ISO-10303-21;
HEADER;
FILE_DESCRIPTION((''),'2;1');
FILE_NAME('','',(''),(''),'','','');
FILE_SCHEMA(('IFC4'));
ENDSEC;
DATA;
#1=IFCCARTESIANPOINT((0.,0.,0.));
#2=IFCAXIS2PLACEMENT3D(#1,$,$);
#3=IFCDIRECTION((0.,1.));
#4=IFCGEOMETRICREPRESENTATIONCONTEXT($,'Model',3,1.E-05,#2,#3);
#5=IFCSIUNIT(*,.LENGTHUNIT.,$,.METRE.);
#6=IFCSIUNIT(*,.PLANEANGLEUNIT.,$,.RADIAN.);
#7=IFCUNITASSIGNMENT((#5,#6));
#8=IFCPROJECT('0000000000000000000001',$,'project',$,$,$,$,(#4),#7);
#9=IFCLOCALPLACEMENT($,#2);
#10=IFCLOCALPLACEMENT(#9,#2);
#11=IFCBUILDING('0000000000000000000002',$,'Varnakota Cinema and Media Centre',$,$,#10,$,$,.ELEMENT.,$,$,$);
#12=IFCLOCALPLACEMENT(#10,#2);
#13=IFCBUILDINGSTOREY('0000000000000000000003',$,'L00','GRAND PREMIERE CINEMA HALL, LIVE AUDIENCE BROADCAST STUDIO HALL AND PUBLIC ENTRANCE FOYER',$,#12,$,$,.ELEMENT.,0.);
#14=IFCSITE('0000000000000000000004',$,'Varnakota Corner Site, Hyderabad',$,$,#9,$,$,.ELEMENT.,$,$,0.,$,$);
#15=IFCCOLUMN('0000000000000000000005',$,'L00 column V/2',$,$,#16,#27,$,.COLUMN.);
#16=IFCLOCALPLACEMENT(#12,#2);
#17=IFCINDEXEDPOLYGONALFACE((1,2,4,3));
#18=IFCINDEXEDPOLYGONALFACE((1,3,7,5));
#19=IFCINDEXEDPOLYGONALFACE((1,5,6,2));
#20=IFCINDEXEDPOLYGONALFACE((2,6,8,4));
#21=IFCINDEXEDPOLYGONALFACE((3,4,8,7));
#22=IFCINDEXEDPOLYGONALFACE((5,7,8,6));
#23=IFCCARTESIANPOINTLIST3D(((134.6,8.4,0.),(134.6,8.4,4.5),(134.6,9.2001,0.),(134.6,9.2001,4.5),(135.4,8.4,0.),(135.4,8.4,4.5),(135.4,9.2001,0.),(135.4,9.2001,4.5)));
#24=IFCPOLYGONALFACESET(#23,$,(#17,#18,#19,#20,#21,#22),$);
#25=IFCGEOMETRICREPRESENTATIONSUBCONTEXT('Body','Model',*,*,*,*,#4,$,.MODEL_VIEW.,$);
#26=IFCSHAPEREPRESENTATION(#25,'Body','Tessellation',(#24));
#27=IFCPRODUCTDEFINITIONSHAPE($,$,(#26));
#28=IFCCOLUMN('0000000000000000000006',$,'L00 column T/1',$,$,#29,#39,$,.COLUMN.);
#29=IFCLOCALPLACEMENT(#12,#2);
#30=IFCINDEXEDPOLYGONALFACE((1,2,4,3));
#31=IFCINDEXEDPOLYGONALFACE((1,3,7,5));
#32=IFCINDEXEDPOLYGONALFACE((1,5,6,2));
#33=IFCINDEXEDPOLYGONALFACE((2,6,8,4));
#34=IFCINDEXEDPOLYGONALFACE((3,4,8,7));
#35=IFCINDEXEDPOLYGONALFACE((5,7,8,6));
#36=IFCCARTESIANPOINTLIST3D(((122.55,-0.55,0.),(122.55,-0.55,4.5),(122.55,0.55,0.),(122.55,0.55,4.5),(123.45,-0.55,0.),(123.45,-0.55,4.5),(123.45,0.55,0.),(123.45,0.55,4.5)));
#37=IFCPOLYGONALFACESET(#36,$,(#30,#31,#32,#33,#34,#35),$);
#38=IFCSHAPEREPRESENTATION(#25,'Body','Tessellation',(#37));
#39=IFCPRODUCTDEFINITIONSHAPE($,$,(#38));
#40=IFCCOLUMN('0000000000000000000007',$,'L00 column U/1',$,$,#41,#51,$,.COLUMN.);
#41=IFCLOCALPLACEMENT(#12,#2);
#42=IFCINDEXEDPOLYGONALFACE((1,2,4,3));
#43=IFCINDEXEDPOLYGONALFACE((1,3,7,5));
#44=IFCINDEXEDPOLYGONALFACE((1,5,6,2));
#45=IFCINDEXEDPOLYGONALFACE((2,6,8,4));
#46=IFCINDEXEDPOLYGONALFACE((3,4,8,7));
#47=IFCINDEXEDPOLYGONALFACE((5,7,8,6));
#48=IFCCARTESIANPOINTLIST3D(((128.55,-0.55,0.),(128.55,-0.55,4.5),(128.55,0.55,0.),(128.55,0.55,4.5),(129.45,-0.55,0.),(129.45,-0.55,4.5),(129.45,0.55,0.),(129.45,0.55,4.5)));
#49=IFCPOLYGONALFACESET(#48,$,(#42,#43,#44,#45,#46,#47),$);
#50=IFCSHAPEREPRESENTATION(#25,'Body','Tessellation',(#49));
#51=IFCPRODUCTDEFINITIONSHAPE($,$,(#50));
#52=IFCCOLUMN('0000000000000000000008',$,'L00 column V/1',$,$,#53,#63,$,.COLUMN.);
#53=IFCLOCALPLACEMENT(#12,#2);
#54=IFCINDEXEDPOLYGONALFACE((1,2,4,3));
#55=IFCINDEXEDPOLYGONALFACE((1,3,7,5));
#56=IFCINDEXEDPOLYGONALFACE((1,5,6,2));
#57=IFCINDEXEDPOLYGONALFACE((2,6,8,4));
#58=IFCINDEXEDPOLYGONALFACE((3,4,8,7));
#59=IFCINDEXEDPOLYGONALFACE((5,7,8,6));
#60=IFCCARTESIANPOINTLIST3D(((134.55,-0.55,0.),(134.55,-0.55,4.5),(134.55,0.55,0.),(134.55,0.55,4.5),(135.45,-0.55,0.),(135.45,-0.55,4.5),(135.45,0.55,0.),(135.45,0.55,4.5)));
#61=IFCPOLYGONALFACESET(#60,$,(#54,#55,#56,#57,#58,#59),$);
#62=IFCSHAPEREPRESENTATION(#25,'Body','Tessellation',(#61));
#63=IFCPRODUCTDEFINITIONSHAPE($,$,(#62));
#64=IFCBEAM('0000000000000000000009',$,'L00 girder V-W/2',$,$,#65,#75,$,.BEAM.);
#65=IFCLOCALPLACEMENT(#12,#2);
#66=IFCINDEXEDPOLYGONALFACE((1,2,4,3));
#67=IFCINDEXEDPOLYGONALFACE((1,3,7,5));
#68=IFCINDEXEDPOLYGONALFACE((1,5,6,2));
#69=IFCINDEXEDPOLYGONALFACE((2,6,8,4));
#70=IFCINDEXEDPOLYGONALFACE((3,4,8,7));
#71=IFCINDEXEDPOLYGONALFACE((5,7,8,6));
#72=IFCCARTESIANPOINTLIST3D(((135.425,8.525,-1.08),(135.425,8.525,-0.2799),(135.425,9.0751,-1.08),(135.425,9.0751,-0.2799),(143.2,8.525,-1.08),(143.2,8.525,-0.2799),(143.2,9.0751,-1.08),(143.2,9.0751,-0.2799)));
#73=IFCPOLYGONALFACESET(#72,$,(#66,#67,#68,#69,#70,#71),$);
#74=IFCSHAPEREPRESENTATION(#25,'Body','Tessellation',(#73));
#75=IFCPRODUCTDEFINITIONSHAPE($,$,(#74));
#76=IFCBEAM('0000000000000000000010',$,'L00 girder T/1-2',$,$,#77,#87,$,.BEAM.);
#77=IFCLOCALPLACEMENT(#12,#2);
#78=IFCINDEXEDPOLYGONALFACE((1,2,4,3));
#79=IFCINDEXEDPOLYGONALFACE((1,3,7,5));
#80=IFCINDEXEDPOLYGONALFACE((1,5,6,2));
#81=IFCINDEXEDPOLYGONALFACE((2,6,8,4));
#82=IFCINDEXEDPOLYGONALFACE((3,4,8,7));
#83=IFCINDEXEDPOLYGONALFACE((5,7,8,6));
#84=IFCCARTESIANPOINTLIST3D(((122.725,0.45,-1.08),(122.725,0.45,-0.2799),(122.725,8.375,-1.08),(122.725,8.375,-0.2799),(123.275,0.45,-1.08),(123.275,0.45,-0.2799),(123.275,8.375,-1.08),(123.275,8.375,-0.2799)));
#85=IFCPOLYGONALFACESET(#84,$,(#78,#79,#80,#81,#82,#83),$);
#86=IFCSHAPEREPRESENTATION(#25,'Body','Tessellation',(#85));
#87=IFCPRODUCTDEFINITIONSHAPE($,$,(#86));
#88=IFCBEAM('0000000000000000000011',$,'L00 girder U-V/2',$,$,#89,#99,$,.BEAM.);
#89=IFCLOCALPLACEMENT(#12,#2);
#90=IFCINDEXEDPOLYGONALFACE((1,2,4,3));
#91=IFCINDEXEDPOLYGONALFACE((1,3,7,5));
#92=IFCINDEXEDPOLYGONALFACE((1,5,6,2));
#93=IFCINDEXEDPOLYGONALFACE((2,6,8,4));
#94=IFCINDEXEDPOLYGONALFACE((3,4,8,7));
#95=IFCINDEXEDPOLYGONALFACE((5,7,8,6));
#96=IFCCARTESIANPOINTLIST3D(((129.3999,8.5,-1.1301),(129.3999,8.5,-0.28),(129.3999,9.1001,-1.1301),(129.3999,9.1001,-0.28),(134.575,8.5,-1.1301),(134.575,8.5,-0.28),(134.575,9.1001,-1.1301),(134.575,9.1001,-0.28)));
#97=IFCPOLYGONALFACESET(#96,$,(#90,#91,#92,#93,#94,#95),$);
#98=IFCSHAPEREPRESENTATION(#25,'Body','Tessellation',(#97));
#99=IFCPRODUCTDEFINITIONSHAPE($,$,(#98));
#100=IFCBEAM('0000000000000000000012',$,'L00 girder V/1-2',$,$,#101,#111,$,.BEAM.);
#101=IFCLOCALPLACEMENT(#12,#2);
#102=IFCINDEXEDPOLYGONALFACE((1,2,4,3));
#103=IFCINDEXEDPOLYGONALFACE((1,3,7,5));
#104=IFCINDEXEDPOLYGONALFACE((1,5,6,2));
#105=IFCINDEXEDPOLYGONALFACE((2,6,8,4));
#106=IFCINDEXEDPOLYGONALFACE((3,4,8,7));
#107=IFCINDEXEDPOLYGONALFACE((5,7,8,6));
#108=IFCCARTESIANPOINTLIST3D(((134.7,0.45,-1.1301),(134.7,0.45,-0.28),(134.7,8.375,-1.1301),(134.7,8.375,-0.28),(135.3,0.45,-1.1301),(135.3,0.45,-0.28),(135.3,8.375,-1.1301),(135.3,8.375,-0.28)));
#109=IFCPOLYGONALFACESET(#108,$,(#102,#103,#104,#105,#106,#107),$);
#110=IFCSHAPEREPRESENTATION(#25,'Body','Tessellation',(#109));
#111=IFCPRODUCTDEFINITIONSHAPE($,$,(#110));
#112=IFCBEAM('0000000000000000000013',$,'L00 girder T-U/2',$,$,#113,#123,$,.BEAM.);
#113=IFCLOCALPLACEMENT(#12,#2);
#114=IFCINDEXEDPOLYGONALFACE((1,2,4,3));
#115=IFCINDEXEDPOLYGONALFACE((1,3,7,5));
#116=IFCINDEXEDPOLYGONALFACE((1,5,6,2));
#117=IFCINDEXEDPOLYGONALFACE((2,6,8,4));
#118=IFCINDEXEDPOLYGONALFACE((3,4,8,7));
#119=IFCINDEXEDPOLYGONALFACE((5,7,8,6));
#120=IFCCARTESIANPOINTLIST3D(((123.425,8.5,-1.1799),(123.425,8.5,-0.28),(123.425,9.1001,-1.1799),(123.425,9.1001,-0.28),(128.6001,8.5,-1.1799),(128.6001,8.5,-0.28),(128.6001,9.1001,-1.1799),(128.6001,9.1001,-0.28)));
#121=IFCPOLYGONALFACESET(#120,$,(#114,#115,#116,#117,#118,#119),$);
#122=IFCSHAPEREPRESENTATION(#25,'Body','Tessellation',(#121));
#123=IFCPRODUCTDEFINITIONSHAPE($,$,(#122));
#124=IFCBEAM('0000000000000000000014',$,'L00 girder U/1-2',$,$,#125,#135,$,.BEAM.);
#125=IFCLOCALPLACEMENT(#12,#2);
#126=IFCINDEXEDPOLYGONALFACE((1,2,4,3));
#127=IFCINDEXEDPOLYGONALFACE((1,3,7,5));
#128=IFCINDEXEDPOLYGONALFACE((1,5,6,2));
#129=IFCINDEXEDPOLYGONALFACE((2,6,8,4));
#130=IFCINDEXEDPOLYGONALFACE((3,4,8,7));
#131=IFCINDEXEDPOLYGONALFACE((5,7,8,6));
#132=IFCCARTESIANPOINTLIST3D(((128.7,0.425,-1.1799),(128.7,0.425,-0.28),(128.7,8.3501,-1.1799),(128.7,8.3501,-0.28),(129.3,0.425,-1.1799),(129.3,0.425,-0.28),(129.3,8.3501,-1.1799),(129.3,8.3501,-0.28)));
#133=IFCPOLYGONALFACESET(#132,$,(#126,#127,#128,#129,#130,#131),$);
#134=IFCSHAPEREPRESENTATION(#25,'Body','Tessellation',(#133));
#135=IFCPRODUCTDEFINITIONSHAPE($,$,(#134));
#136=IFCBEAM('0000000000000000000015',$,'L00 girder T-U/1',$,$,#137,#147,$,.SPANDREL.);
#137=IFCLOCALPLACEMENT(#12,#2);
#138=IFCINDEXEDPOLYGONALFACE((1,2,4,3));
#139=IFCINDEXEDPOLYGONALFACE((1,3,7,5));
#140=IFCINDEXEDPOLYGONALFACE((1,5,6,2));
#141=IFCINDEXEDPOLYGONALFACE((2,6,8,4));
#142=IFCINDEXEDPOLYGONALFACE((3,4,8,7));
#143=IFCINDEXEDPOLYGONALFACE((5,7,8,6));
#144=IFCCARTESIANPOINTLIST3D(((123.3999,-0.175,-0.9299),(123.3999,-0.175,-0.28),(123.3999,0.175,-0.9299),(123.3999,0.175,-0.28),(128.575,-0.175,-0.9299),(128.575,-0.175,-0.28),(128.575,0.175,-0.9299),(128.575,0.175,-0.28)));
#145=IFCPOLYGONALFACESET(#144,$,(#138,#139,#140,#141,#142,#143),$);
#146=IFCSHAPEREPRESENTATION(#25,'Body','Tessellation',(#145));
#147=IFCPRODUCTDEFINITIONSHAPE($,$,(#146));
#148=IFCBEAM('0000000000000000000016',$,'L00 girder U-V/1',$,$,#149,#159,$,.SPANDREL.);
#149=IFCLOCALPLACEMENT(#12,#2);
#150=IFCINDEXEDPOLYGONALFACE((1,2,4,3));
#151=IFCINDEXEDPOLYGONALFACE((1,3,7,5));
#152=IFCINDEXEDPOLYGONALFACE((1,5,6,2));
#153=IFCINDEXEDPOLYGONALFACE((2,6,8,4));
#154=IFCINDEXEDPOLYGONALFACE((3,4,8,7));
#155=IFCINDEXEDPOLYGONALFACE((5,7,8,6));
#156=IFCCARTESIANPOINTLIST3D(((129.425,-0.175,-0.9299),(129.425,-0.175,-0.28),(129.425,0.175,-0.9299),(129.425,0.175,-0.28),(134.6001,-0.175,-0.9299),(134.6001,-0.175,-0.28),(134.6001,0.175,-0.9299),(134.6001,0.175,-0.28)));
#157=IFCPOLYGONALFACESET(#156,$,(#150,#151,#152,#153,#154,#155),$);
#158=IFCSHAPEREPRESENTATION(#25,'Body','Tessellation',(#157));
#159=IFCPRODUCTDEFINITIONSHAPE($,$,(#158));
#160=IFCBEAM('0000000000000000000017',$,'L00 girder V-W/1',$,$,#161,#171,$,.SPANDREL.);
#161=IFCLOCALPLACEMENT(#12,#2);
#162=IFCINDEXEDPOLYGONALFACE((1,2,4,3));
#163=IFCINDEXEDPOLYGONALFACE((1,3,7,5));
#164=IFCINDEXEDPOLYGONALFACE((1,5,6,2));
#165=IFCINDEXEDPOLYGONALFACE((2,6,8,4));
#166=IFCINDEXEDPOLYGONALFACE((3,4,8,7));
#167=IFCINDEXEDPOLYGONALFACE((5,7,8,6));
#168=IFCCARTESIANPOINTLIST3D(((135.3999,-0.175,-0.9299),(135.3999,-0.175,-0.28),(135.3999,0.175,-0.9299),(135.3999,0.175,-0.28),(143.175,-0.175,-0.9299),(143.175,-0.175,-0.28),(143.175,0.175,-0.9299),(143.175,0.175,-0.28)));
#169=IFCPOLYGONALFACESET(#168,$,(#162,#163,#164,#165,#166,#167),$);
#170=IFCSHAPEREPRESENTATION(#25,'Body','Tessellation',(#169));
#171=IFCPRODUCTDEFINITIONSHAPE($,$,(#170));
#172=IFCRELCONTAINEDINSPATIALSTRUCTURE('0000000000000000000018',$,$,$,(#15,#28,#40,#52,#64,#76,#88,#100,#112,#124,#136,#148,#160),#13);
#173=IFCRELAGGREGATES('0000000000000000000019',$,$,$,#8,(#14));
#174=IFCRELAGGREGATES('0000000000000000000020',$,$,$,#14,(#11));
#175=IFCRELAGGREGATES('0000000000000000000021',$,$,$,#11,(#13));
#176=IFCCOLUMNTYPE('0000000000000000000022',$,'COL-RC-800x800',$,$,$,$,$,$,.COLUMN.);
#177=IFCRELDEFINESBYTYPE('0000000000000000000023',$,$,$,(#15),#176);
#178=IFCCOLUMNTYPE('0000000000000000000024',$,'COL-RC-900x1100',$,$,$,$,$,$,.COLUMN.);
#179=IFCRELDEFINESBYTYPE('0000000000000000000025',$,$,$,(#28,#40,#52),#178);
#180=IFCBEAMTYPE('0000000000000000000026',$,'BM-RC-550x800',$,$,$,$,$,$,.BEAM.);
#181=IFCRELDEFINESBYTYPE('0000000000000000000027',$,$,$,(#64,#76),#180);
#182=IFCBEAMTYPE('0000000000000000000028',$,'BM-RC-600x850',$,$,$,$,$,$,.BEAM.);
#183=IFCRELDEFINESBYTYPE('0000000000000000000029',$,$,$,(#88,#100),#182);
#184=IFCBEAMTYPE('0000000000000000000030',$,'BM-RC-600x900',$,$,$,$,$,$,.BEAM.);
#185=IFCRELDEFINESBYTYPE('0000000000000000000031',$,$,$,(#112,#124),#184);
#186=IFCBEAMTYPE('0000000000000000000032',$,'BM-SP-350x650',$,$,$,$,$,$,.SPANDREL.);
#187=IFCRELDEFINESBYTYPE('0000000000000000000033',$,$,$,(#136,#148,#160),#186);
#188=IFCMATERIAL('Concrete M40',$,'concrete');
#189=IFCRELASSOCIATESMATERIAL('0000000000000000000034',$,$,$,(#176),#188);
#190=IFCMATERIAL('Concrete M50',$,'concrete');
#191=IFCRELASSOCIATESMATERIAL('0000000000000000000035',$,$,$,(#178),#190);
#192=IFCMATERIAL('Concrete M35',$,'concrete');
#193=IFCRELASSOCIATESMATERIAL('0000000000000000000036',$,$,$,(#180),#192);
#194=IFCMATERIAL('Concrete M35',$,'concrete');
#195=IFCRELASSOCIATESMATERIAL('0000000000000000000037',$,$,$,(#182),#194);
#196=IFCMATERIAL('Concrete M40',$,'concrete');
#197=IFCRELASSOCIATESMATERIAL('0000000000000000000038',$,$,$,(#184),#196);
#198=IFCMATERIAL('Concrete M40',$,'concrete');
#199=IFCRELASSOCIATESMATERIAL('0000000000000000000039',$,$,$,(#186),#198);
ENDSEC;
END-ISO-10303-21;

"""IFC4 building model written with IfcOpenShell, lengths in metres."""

from ifc_helpers import new_model, si_unit, direction, frame, origin, origin_2d, place, context, subcontext, project, spatial, rectangle, extrude, material, material_profile, profile_set, type_object, element, save


model = new_model("IFC4")

# Units and contexts
model_context = context("Model", 3, precision=1e-05, world=origin(), true_north=direction((0.0, 1.0)))
body_context = subcontext(model_context, "Body", "Model", "MODEL_VIEW")
ifc_project = project(units=[si_unit("LENGTHUNIT", "METRE"), si_unit("PLANEANGLEUNIT", "RADIAN")], contexts=[model_context])

# Site, building, storey
site_placement = place(None, origin())
site = spatial("IfcSite", under=ifc_project, at=site_placement, Name="Varnakota Corner Site, Hyderabad", CompositionType="ELEMENT", RefElevation=0.0)
building_placement = place(site_placement, origin())
building = spatial("IfcBuilding", under=site, at=building_placement, Name="Varnakota Cinema and Media Centre", CompositionType="ELEMENT")
storey_placement = place(building_placement, origin())
storey = spatial("IfcBuildingStorey", under=building, at=storey_placement, Name="L00", Description="GRAND PREMIERE CINEMA HALL, LIVE AUDIENCE BROADCAST STUDIO HALL AND PUBLIC ENTRANCE FOYER", CompositionType="ELEMENT", Elevation=0.0)

# Columns
ifc_material_1 = material(Name="Concrete M40", Category="concrete")
ifc_material_profile_1 = material_profile(ifc_material_1, rectangle(XDim=0.8, YDim=0.8, at=origin_2d()), Name="RC 800x800")
ifc_profile_set_1 = profile_set([ifc_material_profile_1], Name="Concrete M40")
column_type_1 = type_object("IfcColumnType", Name="COL-RC-800x800", PredefinedType="COLUMN", material=ifc_profile_set_1)
column_placement = place(storey_placement, frame((135.0, 8.8, 0.0), z_axis=(0.0, 0.0, 1.0), x_axis=(1.0, 0.0, 0.0)))
element("IfcColumn", 1, at=column_placement, inside=storey, type_object=column_type_1, Name="L00 column V/2", PredefinedType="COLUMN", context=body_context, shape_type="SweptSolid", body=[
    extrude(rectangle(XDim=0.8, YDim=0.8, at=origin_2d()), origin(), (0.0, 0.0, 1.0), 4.5),
])
ifc_material_2 = material(Name="Concrete M50", Category="concrete")
ifc_material_profile_2 = material_profile(ifc_material_2, rectangle(XDim=0.8999, YDim=1.1001, at=origin_2d()), Name="RC 900x1100")
ifc_profile_set_2 = profile_set([ifc_material_profile_2], Name="Concrete M50")
column_type_2 = type_object("IfcColumnType", Name="COL-RC-900x1100", PredefinedType="COLUMN", material=ifc_profile_set_2)
for number, where, z_axis, x_axis, name in (
    (2, (123.0, 0.0, 0.0), (0.0, 0.0, 1.0), (1.0, 0.0, 0.0), "L00 column T/1"),
    (3, (129.0, 0.0, 0.0), (0.0, 0.0, 1.0), (1.0, 0.0, 0.0), "L00 column U/1"),
    (4, (135.0, 0.0, 0.0), (0.0, 0.0, 1.0), (1.0, 0.0, 0.0), "L00 column V/1"),
):
    element("IfcColumn", number, at=place(storey_placement, frame(where, z_axis=z_axis, x_axis=x_axis)), inside=storey, type_object=column_type_2, Name=name, PredefinedType="COLUMN", context=body_context, shape_type="SweptSolid", body=[
        extrude(rectangle(XDim=0.8999, YDim=1.1001, at=origin_2d()), origin(), (0.0, 0.0, 1.0), 4.5),
    ])

# Beams
ifc_material_3 = material(Name="Concrete M35", Category="concrete")
ifc_material_profile_3 = material_profile(ifc_material_3, rectangle(XDim=0.55, YDim=0.8, at=origin_2d()), Name="RCB 550x800")
ifc_profile_set_3 = profile_set([ifc_material_profile_3], Name="Concrete M35")
beam_type_1 = type_object("IfcBeamType", Name="BM-RC-550x800", PredefinedType="BEAM", material=ifc_profile_set_3)
beam_1_placement = place(storey_placement, frame((135.425, 8.8, -0.6799), z_axis=(1.0, 0.0, 0.0), x_axis=(0.0, 1.0, 0.0)))
element("IfcBeam", 5, at=beam_1_placement, inside=storey, type_object=beam_type_1, Name="L00 girder V-W/2", PredefinedType="BEAM", context=body_context, shape_type="SweptSolid", body=[
    extrude(rectangle(XDim=0.55, YDim=0.8, at=origin_2d()), origin(), (0.0, 0.0, 1.0), 7.7749),
])
beam_2_placement = place(storey_placement, frame((123.0, 0.45, -0.6799), z_axis=(0.0, 1.0, 0.0), x_axis=(-1.0, 0.0, 0.0)))
element("IfcBeam", 6, at=beam_2_placement, inside=storey, type_object=beam_type_1, Name="L00 girder T/1-2", PredefinedType="BEAM", context=body_context, shape_type="SweptSolid", body=[
    extrude(rectangle(XDim=0.55, YDim=0.8, at=origin_2d()), origin(), (0.0, 0.0, 1.0), 7.925),
])
ifc_material_4 = material(Name="Concrete M35", Category="concrete")
ifc_material_profile_4 = material_profile(ifc_material_4, rectangle(XDim=0.6001, YDim=0.8501, at=origin_2d()), Name="RCB 600x850")
ifc_profile_set_4 = profile_set([ifc_material_profile_4], Name="Concrete M35")
beam_type_2 = type_object("IfcBeamType", Name="BM-RC-600x850", PredefinedType="BEAM", material=ifc_profile_set_4)
beam_3_placement = place(storey_placement, frame((129.3999, 8.8, -0.7051), z_axis=(1.0, 0.0, 0.0), x_axis=(0.0, 1.0, 0.0)))
element("IfcBeam", 7, at=beam_3_placement, inside=storey, type_object=beam_type_2, Name="L00 girder U-V/2", PredefinedType="BEAM", context=body_context, shape_type="SweptSolid", body=[
    extrude(rectangle(XDim=0.6001, YDim=0.8501, at=origin_2d()), origin(), (0.0, 0.0, 1.0), 5.175),
])
beam_4_placement = place(storey_placement, frame((135.0, 0.45, -0.7051), z_axis=(0.0, 1.0, 0.0), x_axis=(-1.0, 0.0, 0.0)))
element("IfcBeam", 8, at=beam_4_placement, inside=storey, type_object=beam_type_2, Name="L00 girder V/1-2", PredefinedType="BEAM", context=body_context, shape_type="SweptSolid", body=[
    extrude(rectangle(XDim=0.6001, YDim=0.8501, at=origin_2d()), origin(), (0.0, 0.0, 1.0), 7.925),
])
ifc_material_5 = material(Name="Concrete M40", Category="concrete")
ifc_material_profile_5 = material_profile(ifc_material_5, rectangle(XDim=0.6001, YDim=0.8999, at=origin_2d()), Name="RCB 600x900")
ifc_profile_set_5 = profile_set([ifc_material_profile_5], Name="Concrete M40")
beam_type_3 = type_object("IfcBeamType", Name="BM-RC-600x900", PredefinedType="BEAM", material=ifc_profile_set_5)
beam_5_placement = place(storey_placement, frame((123.425, 8.8, -0.73), z_axis=(1.0, 0.0, 0.0), x_axis=(0.0, 1.0, 0.0)))
element("IfcBeam", 9, at=beam_5_placement, inside=storey, type_object=beam_type_3, Name="L00 girder T-U/2", PredefinedType="BEAM", context=body_context, shape_type="SweptSolid", body=[
    extrude(rectangle(XDim=0.6001, YDim=0.8999, at=origin_2d()), origin(), (0.0, 0.0, 1.0), 5.175),
])
beam_6_placement = place(storey_placement, frame((129.0, 0.425, -0.73), z_axis=(0.0, 1.0, 0.0), x_axis=(-1.0, 0.0, 0.0)))
element("IfcBeam", 10, at=beam_6_placement, inside=storey, type_object=beam_type_3, Name="L00 girder U/1-2", PredefinedType="BEAM", context=body_context, shape_type="SweptSolid", body=[
    extrude(rectangle(XDim=0.6001, YDim=0.8999, at=origin_2d()), origin(), (0.0, 0.0, 1.0), 7.925),
])
ifc_material_6 = material(Name="Concrete M40", Category="concrete")
ifc_material_profile_6 = material_profile(ifc_material_6, rectangle(XDim=0.3501, YDim=0.6499, at=origin_2d()), Name="RCB 350x650")
ifc_profile_set_6 = profile_set([ifc_material_profile_6], Name="Concrete M40")
beam_type_4 = type_object("IfcBeamType", Name="BM-SP-350x650", PredefinedType="SPANDREL", material=ifc_profile_set_6)
for number, where, z_axis, x_axis, name in (
    (11, (123.3999, 0.0, -0.605), (1.0, 0.0, 0.0), (0.0, 1.0, 0.0), "L00 girder T-U/1"),
    (12, (129.425, 0.0, -0.605), (1.0, 0.0, 0.0), (0.0, 1.0, 0.0), "L00 girder U-V/1"),
):
    element("IfcBeam", number, at=place(storey_placement, frame(where, z_axis=z_axis, x_axis=x_axis)), inside=storey, type_object=beam_type_4, Name=name, PredefinedType="SPANDREL", context=body_context, shape_type="SweptSolid", body=[
        extrude(rectangle(XDim=0.3501, YDim=0.6499, at=origin_2d()), origin(), (0.0, 0.0, 1.0), 5.175),
    ])
beam_7_placement = place(storey_placement, frame((135.3999, 0.0, -0.605), z_axis=(1.0, 0.0, 0.0), x_axis=(0.0, 1.0, 0.0)))
element("IfcBeam", 13, at=beam_7_placement, inside=storey, type_object=beam_type_4, Name="L00 girder V-W/1", PredefinedType="SPANDREL", context=body_context, shape_type="SweptSolid", body=[
    extrude(rectangle(XDim=0.3501, YDim=0.6499, at=origin_2d()), origin(), (0.0, 0.0, 1.0), 7.7751),
])

save(model, "model.ifc")
